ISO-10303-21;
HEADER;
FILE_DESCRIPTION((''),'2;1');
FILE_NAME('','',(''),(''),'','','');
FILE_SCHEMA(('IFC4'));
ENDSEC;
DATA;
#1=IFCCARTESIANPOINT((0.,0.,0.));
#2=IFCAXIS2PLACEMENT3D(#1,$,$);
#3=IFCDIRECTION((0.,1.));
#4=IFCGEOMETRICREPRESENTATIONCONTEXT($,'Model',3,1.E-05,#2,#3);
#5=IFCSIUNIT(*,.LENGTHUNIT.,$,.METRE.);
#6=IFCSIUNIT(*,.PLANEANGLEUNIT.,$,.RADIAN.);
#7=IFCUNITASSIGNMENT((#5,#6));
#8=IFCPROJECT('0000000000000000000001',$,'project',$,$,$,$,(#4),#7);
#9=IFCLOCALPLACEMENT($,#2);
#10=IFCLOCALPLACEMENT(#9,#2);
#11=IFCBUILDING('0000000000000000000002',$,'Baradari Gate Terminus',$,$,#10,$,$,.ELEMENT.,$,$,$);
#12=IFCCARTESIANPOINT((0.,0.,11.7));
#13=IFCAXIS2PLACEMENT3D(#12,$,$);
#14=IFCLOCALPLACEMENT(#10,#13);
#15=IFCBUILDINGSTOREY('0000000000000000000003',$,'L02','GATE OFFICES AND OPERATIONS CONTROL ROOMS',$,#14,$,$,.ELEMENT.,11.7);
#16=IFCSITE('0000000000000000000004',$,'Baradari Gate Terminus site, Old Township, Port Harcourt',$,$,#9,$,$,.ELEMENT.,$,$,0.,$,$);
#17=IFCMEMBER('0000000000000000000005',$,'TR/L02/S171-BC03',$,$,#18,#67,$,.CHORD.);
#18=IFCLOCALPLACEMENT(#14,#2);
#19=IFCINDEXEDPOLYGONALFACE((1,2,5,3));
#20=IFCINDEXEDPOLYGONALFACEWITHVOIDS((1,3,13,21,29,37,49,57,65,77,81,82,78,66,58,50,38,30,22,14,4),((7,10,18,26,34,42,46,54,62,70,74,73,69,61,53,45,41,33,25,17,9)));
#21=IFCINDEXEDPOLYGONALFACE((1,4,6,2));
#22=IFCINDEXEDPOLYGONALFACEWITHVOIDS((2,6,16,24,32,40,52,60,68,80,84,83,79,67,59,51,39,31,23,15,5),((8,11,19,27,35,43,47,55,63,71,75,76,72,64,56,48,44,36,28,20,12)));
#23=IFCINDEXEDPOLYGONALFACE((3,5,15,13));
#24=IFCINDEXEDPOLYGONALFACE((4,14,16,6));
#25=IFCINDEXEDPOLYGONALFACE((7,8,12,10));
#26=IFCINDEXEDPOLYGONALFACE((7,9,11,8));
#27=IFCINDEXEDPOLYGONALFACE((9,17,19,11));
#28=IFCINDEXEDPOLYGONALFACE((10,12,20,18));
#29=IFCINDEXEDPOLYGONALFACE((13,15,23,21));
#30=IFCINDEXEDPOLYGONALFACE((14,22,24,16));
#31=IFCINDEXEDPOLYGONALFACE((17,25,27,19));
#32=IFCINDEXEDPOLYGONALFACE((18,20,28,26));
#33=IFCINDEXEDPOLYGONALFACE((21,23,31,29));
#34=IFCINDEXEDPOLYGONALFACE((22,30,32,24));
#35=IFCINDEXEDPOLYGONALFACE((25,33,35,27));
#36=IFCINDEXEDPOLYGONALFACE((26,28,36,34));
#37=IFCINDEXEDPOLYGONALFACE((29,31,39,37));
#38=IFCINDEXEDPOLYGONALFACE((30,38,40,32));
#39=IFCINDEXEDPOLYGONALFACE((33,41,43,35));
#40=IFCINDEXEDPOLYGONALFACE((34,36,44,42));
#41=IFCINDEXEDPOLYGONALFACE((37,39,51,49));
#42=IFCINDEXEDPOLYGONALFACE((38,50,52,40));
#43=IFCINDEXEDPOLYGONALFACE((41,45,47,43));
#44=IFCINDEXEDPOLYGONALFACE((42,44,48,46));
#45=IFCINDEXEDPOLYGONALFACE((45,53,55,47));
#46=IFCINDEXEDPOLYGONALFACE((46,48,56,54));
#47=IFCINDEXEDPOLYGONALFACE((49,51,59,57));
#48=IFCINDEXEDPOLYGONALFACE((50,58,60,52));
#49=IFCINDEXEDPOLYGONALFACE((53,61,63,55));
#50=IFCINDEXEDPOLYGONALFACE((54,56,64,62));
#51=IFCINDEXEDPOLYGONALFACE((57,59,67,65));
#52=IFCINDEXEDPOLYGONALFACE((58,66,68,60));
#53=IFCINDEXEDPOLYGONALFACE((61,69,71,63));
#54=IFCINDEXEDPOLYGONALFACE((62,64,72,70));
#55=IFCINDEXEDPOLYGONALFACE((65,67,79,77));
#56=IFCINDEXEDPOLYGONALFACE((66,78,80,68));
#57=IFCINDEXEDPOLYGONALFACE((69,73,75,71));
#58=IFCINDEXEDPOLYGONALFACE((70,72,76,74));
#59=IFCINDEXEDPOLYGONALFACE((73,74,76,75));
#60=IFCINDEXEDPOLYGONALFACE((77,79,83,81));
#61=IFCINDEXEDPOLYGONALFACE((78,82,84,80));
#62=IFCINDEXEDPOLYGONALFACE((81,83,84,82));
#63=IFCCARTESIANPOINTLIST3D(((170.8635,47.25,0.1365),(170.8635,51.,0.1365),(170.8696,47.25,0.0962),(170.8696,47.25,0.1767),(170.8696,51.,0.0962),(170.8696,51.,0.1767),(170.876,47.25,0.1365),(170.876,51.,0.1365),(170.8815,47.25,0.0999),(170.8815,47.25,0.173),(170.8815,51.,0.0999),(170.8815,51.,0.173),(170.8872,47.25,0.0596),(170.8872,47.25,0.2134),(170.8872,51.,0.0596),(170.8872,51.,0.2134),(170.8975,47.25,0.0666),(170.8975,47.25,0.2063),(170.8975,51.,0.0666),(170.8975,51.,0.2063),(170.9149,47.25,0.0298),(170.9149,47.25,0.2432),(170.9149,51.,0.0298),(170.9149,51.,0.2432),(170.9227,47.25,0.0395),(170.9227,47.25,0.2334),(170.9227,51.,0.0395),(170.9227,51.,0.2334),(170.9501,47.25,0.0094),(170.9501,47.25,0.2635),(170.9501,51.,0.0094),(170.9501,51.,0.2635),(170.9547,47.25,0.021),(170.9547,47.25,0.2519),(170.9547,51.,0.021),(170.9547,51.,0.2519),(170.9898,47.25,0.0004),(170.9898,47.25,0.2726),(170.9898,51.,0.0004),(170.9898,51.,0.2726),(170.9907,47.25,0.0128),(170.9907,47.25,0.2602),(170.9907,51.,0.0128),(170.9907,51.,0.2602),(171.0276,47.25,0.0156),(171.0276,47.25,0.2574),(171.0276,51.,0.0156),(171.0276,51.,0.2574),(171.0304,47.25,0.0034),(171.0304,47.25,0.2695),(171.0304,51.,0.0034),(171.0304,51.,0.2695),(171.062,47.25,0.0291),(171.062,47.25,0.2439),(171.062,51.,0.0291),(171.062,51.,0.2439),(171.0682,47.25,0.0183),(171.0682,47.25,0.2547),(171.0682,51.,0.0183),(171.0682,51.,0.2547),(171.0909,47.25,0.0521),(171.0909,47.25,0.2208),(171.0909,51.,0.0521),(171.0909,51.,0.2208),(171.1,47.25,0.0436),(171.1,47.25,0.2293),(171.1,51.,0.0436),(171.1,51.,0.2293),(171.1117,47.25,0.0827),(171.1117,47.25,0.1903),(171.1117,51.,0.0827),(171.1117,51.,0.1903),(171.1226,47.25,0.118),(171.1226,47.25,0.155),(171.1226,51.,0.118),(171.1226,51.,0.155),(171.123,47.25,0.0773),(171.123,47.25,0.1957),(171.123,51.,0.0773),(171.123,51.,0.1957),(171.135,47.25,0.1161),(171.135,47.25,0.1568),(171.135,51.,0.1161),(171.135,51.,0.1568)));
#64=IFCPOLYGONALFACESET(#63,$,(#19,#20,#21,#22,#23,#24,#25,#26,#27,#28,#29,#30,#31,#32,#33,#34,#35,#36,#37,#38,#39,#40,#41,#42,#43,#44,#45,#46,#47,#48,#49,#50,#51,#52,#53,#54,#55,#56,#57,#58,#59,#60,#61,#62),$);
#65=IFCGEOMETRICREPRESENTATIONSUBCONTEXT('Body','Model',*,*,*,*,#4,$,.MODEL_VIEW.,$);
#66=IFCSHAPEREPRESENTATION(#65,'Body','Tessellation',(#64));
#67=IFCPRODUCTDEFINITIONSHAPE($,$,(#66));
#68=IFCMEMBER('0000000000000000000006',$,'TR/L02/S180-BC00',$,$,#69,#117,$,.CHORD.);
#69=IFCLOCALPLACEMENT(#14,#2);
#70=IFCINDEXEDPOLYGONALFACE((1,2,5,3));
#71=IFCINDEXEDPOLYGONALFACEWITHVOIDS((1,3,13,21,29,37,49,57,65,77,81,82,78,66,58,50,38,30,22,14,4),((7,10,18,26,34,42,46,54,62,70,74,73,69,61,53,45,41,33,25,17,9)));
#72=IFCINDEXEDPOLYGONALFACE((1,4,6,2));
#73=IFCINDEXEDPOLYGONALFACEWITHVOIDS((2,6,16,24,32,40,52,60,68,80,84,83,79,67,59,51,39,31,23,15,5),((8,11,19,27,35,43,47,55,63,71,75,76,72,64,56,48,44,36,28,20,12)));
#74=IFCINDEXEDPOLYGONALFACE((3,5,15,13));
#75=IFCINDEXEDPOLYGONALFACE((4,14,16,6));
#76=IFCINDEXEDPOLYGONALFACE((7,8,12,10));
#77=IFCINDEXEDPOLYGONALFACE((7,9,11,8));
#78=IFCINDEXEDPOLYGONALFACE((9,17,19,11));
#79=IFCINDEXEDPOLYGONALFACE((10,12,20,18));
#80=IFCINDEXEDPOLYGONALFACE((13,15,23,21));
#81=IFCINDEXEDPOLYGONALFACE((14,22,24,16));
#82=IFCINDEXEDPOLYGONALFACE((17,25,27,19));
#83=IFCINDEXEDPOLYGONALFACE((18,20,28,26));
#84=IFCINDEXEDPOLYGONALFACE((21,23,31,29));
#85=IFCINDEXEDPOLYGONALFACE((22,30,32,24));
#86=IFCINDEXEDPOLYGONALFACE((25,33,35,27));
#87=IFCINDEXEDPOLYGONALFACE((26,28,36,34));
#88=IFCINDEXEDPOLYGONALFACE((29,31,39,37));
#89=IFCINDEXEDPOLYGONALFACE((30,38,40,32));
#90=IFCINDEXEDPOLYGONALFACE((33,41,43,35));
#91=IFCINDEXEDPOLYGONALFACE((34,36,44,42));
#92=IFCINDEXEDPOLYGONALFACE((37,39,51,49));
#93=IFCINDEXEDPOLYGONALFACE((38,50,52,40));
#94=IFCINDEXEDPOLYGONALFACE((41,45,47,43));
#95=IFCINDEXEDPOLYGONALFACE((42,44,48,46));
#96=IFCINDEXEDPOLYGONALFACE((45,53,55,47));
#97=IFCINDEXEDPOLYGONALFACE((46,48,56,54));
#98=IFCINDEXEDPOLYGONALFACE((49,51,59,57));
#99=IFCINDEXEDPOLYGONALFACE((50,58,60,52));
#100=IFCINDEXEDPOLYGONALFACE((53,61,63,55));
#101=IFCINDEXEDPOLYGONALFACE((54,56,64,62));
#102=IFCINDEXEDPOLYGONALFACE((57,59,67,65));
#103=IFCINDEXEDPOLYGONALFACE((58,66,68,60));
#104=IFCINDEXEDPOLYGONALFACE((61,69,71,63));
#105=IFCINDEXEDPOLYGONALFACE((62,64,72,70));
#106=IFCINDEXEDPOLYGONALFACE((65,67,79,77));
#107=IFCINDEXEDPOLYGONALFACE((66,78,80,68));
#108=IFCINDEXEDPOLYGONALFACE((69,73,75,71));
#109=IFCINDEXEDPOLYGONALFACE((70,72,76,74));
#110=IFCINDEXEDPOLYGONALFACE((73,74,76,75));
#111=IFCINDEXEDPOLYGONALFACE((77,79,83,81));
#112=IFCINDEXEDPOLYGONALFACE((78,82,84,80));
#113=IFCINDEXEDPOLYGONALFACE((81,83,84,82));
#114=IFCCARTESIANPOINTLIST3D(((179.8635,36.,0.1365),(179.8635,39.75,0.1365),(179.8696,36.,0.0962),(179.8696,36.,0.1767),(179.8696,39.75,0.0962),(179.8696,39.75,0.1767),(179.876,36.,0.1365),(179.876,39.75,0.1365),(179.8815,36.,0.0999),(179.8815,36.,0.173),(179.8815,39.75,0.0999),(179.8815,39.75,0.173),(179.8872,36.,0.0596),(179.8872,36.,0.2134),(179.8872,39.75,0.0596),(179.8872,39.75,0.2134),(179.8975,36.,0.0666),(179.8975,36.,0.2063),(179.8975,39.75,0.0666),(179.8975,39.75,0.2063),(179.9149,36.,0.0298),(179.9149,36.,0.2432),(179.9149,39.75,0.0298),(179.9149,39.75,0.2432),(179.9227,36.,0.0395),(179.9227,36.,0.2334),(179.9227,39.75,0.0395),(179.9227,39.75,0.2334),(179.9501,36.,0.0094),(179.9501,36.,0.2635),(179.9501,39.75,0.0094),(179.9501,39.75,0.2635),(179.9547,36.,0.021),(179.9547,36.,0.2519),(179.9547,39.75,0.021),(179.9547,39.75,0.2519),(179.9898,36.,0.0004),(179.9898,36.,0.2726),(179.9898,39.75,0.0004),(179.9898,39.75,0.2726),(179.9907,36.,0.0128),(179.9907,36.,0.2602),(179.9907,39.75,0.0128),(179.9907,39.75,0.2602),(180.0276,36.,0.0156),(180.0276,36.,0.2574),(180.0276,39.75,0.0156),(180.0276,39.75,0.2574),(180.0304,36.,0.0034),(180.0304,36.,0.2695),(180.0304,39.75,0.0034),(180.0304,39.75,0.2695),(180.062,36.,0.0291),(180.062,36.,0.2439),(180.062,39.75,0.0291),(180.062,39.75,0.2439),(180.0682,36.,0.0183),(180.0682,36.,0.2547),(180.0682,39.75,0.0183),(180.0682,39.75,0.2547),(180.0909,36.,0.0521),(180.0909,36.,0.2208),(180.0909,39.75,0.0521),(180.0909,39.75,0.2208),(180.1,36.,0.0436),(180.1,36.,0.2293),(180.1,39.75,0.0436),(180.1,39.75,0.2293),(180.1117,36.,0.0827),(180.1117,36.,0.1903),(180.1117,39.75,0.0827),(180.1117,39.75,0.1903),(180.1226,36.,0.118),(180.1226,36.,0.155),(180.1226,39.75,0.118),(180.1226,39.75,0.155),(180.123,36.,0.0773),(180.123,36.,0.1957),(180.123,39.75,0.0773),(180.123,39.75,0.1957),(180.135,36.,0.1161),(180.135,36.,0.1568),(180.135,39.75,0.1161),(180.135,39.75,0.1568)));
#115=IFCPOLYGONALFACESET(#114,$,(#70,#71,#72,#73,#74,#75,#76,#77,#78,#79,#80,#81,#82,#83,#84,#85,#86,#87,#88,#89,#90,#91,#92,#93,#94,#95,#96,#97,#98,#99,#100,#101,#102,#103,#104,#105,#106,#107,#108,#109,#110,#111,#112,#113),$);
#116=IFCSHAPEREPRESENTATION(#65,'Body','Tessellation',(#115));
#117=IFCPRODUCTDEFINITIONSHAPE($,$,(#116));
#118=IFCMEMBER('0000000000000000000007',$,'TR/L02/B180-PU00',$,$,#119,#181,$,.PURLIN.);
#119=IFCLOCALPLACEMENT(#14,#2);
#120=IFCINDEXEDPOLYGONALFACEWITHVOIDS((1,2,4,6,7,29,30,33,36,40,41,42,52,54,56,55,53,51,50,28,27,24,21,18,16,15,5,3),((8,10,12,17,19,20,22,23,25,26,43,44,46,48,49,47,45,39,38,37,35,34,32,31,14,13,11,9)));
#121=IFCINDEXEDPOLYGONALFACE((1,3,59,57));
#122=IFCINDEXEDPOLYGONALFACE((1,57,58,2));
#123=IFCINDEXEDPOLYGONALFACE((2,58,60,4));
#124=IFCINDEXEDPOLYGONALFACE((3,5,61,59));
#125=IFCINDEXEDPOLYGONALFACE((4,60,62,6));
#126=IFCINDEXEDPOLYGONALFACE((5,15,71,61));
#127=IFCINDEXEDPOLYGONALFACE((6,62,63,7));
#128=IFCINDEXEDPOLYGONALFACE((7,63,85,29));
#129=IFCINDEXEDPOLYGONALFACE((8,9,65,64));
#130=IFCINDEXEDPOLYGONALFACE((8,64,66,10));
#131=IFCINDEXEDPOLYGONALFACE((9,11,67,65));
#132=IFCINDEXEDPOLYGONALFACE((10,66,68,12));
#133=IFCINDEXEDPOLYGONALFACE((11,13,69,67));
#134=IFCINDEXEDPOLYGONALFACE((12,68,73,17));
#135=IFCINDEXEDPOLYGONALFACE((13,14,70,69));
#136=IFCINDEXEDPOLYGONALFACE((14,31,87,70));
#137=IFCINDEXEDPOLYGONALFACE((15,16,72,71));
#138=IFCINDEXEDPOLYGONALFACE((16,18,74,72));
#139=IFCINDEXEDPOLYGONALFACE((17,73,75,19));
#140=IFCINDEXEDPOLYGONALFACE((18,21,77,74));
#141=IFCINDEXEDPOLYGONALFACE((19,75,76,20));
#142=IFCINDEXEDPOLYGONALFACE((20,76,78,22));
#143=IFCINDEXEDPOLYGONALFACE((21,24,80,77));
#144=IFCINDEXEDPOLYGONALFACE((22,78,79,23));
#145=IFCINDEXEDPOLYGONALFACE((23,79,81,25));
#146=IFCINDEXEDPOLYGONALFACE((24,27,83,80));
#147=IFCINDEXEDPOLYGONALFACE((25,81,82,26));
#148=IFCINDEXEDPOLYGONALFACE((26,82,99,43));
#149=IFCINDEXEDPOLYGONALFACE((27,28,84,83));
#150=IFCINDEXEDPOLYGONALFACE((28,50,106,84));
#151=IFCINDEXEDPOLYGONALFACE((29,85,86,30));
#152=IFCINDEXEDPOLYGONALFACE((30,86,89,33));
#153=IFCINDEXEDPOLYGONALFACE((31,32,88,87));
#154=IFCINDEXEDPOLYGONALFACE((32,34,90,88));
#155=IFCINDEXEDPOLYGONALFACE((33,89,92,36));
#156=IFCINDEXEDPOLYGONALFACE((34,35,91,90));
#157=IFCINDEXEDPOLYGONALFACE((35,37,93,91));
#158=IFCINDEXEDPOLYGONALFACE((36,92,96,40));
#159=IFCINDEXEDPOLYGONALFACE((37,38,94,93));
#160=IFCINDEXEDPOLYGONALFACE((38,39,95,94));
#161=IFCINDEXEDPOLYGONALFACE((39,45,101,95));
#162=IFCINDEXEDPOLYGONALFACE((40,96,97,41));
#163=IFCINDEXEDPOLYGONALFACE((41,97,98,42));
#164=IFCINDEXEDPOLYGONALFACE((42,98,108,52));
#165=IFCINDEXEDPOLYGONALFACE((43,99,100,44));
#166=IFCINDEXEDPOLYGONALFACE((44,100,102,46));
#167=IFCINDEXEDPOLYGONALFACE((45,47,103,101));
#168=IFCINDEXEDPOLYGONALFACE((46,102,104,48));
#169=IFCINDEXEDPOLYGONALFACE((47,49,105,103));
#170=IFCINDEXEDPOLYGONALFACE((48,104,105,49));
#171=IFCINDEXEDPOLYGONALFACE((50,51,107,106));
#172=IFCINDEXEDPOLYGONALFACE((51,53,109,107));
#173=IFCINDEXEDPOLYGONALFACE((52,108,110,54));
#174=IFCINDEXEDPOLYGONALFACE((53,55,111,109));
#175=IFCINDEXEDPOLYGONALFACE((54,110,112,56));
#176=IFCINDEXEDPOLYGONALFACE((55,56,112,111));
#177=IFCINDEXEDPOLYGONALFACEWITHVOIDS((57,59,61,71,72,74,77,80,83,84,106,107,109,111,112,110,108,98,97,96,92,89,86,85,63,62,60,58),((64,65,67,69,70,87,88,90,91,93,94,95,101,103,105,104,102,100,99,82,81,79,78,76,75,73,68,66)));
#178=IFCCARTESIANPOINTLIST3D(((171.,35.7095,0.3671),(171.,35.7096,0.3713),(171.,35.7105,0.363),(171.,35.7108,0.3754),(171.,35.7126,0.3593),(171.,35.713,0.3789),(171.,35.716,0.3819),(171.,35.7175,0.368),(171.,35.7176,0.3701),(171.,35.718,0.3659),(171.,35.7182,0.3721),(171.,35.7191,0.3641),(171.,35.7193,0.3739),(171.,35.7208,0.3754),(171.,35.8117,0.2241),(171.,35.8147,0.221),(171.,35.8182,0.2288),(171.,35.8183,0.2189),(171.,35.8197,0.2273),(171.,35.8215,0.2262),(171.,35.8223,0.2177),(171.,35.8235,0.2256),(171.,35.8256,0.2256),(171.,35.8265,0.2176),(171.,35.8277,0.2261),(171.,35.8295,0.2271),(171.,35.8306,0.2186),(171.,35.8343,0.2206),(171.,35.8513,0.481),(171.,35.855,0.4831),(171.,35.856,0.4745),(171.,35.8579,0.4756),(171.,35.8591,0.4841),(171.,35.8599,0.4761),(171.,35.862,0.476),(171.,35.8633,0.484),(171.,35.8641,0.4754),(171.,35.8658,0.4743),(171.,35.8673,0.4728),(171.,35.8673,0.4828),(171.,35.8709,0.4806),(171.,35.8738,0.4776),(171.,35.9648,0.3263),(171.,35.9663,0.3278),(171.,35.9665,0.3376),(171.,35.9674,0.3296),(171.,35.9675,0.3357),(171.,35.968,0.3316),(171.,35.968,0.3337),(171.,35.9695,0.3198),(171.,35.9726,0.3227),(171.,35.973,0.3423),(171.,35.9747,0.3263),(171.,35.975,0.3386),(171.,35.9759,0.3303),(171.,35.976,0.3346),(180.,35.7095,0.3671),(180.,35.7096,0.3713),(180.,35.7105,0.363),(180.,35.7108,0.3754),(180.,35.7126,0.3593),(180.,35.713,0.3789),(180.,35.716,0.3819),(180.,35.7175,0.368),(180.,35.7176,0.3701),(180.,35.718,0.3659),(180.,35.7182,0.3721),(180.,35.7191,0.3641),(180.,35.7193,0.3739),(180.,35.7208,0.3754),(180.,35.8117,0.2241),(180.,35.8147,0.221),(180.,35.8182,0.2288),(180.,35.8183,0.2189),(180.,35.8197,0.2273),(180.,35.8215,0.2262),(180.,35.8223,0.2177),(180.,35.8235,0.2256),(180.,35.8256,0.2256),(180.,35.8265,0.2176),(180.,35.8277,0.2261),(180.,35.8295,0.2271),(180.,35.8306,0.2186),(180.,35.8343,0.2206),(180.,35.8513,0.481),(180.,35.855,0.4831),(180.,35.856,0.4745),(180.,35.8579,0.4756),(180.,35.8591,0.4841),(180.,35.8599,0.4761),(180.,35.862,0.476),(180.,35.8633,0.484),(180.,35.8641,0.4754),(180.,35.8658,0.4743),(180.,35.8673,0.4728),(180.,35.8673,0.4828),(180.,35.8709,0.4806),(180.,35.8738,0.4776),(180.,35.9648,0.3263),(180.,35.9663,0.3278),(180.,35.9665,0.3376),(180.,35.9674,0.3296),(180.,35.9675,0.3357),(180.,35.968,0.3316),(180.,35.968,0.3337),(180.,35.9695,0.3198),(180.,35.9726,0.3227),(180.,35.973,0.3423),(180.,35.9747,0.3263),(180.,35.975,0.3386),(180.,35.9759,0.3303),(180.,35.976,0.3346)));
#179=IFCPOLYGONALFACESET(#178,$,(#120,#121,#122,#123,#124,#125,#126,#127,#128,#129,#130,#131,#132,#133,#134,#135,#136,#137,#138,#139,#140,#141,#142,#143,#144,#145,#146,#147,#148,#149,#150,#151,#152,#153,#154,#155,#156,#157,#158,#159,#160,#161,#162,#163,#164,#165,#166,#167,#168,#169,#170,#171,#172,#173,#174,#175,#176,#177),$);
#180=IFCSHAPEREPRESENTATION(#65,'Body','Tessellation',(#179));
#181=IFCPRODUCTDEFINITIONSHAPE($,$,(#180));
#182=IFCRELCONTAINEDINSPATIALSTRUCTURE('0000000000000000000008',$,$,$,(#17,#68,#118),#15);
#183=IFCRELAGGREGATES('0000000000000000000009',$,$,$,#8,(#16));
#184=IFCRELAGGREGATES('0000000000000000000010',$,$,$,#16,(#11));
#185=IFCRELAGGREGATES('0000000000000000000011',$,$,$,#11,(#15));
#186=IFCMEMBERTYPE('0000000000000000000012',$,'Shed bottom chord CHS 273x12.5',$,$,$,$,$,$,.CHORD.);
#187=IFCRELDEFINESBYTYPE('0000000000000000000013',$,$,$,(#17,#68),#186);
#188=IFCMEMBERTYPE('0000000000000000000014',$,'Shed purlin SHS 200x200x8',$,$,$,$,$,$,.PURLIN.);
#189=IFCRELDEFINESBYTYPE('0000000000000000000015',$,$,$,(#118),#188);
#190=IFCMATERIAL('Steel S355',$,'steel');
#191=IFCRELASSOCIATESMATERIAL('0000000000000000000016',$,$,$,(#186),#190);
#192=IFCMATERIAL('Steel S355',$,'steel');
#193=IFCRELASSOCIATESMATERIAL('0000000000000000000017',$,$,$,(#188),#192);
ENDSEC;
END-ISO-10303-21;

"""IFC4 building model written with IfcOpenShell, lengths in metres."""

from ifc_helpers import new_model, si_unit, direction, frame, origin, origin_2d, place, context, subcontext, project, spatial, hollow_rectangle, hollow_circle, extrude, material, material_profile, profile_set, type_object, element, save


model = new_model("IFC4")

# Units and contexts
model_context = context("Model", 3, precision=1e-05, world=origin(), true_north=direction((0.0, 1.0)))
body_context = subcontext(model_context, "Body", "Model", "MODEL_VIEW")
ifc_project = project(units=[si_unit("LENGTHUNIT", "METRE"), si_unit("PLANEANGLEUNIT", "RADIAN")], contexts=[model_context])

# Site, building, storey
site_placement = place(None, origin())
site = spatial("IfcSite", under=ifc_project, at=site_placement, Name="Baradari Gate Terminus site, Old Township, Port Harcourt", CompositionType="ELEMENT", RefElevation=0.0)
building_placement = place(site_placement, origin())
building = spatial("IfcBuilding", under=site, at=building_placement, Name="Baradari Gate Terminus", CompositionType="ELEMENT")
storey_placement = place(building_placement, frame((0.0, 0.0, 11.7)))
storey = spatial("IfcBuildingStorey", under=building, at=storey_placement, Name="L02", Description="GATE OFFICES AND OPERATIONS CONTROL ROOMS", CompositionType="ELEMENT", Elevation=11.7)

# Members
ifc_material_1 = material(Name="Steel S355", Category="steel")
ifc_material_profile_1 = material_profile(ifc_material_1, hollow_circle(Radius=0.1365, WallThickness=0.0125, at=origin_2d()), Name="CHS 273x12.5")
ifc_profile_set_1 = profile_set([ifc_material_profile_1], Name="Steel S355")
member_type_1 = type_object("IfcMemberType", Name="Shed bottom chord CHS 273x12.5", PredefinedType="CHORD", material=ifc_profile_set_1)
for number, where, z_axis, x_axis, name in (
    (1, (171.0, 47.25, 0.1365), (0.0, 1.0, 0.0), (-1.0, 0.0, 0.0), "TR/L02/S171-BC03"),
    (2, (180.0, 36.0, 0.1365), (0.0, 1.0, 0.0), (-1.0, 0.0, 0.0), "TR/L02/S180-BC00"),
):
    element("IfcMember", number, at=place(storey_placement, frame(where, z_axis=z_axis, x_axis=x_axis)), inside=storey, type_object=member_type_1, Name=name, PredefinedType="CHORD", context=body_context, shape_type="SweptSolid", body=[
        extrude(hollow_circle(Radius=0.1365, WallThickness=0.0125, at=origin_2d()), origin(), (0.0, 0.0, 1.0), 3.75),
    ])
ifc_material_2 = material(Name="Steel S355", Category="steel")
ifc_material_profile_2 = material_profile(ifc_material_2, hollow_rectangle(XDim=0.2, YDim=0.2, WallThickness=0.0081, InnerFilletRadius=0.0081, OuterFilletRadius=0.0161, at=origin_2d()), Name="SHS 200x200x8")
ifc_profile_set_2 = profile_set([ifc_material_profile_2], Name="Steel S355")
member_type_2 = type_object("IfcMemberType", Name="Shed purlin SHS 200x200x8", PredefinedType="PURLIN", material=ifc_profile_set_2)
for number, where, z_axis, x_axis, name in (
    (3, (171.0, 35.8428, 0.3508), (1.0, 0.0, 0.0), (0.0, 0.806405, 0.591364), "TR/L02/B180-PU00"),
):
    element("IfcMember", number, at=place(storey_placement, frame(where, z_axis=z_axis, x_axis=x_axis)), inside=storey, type_object=member_type_2, Name=name, PredefinedType="PURLIN", context=body_context, shape_type="SweptSolid", body=[
        extrude(hollow_rectangle(XDim=0.2, YDim=0.2, WallThickness=0.0081, InnerFilletRadius=0.0081, OuterFilletRadius=0.0161, at=origin_2d()), origin(), (0.0, 0.0, 1.0), 9.0),
    ])

save(model, "model.ifc")
